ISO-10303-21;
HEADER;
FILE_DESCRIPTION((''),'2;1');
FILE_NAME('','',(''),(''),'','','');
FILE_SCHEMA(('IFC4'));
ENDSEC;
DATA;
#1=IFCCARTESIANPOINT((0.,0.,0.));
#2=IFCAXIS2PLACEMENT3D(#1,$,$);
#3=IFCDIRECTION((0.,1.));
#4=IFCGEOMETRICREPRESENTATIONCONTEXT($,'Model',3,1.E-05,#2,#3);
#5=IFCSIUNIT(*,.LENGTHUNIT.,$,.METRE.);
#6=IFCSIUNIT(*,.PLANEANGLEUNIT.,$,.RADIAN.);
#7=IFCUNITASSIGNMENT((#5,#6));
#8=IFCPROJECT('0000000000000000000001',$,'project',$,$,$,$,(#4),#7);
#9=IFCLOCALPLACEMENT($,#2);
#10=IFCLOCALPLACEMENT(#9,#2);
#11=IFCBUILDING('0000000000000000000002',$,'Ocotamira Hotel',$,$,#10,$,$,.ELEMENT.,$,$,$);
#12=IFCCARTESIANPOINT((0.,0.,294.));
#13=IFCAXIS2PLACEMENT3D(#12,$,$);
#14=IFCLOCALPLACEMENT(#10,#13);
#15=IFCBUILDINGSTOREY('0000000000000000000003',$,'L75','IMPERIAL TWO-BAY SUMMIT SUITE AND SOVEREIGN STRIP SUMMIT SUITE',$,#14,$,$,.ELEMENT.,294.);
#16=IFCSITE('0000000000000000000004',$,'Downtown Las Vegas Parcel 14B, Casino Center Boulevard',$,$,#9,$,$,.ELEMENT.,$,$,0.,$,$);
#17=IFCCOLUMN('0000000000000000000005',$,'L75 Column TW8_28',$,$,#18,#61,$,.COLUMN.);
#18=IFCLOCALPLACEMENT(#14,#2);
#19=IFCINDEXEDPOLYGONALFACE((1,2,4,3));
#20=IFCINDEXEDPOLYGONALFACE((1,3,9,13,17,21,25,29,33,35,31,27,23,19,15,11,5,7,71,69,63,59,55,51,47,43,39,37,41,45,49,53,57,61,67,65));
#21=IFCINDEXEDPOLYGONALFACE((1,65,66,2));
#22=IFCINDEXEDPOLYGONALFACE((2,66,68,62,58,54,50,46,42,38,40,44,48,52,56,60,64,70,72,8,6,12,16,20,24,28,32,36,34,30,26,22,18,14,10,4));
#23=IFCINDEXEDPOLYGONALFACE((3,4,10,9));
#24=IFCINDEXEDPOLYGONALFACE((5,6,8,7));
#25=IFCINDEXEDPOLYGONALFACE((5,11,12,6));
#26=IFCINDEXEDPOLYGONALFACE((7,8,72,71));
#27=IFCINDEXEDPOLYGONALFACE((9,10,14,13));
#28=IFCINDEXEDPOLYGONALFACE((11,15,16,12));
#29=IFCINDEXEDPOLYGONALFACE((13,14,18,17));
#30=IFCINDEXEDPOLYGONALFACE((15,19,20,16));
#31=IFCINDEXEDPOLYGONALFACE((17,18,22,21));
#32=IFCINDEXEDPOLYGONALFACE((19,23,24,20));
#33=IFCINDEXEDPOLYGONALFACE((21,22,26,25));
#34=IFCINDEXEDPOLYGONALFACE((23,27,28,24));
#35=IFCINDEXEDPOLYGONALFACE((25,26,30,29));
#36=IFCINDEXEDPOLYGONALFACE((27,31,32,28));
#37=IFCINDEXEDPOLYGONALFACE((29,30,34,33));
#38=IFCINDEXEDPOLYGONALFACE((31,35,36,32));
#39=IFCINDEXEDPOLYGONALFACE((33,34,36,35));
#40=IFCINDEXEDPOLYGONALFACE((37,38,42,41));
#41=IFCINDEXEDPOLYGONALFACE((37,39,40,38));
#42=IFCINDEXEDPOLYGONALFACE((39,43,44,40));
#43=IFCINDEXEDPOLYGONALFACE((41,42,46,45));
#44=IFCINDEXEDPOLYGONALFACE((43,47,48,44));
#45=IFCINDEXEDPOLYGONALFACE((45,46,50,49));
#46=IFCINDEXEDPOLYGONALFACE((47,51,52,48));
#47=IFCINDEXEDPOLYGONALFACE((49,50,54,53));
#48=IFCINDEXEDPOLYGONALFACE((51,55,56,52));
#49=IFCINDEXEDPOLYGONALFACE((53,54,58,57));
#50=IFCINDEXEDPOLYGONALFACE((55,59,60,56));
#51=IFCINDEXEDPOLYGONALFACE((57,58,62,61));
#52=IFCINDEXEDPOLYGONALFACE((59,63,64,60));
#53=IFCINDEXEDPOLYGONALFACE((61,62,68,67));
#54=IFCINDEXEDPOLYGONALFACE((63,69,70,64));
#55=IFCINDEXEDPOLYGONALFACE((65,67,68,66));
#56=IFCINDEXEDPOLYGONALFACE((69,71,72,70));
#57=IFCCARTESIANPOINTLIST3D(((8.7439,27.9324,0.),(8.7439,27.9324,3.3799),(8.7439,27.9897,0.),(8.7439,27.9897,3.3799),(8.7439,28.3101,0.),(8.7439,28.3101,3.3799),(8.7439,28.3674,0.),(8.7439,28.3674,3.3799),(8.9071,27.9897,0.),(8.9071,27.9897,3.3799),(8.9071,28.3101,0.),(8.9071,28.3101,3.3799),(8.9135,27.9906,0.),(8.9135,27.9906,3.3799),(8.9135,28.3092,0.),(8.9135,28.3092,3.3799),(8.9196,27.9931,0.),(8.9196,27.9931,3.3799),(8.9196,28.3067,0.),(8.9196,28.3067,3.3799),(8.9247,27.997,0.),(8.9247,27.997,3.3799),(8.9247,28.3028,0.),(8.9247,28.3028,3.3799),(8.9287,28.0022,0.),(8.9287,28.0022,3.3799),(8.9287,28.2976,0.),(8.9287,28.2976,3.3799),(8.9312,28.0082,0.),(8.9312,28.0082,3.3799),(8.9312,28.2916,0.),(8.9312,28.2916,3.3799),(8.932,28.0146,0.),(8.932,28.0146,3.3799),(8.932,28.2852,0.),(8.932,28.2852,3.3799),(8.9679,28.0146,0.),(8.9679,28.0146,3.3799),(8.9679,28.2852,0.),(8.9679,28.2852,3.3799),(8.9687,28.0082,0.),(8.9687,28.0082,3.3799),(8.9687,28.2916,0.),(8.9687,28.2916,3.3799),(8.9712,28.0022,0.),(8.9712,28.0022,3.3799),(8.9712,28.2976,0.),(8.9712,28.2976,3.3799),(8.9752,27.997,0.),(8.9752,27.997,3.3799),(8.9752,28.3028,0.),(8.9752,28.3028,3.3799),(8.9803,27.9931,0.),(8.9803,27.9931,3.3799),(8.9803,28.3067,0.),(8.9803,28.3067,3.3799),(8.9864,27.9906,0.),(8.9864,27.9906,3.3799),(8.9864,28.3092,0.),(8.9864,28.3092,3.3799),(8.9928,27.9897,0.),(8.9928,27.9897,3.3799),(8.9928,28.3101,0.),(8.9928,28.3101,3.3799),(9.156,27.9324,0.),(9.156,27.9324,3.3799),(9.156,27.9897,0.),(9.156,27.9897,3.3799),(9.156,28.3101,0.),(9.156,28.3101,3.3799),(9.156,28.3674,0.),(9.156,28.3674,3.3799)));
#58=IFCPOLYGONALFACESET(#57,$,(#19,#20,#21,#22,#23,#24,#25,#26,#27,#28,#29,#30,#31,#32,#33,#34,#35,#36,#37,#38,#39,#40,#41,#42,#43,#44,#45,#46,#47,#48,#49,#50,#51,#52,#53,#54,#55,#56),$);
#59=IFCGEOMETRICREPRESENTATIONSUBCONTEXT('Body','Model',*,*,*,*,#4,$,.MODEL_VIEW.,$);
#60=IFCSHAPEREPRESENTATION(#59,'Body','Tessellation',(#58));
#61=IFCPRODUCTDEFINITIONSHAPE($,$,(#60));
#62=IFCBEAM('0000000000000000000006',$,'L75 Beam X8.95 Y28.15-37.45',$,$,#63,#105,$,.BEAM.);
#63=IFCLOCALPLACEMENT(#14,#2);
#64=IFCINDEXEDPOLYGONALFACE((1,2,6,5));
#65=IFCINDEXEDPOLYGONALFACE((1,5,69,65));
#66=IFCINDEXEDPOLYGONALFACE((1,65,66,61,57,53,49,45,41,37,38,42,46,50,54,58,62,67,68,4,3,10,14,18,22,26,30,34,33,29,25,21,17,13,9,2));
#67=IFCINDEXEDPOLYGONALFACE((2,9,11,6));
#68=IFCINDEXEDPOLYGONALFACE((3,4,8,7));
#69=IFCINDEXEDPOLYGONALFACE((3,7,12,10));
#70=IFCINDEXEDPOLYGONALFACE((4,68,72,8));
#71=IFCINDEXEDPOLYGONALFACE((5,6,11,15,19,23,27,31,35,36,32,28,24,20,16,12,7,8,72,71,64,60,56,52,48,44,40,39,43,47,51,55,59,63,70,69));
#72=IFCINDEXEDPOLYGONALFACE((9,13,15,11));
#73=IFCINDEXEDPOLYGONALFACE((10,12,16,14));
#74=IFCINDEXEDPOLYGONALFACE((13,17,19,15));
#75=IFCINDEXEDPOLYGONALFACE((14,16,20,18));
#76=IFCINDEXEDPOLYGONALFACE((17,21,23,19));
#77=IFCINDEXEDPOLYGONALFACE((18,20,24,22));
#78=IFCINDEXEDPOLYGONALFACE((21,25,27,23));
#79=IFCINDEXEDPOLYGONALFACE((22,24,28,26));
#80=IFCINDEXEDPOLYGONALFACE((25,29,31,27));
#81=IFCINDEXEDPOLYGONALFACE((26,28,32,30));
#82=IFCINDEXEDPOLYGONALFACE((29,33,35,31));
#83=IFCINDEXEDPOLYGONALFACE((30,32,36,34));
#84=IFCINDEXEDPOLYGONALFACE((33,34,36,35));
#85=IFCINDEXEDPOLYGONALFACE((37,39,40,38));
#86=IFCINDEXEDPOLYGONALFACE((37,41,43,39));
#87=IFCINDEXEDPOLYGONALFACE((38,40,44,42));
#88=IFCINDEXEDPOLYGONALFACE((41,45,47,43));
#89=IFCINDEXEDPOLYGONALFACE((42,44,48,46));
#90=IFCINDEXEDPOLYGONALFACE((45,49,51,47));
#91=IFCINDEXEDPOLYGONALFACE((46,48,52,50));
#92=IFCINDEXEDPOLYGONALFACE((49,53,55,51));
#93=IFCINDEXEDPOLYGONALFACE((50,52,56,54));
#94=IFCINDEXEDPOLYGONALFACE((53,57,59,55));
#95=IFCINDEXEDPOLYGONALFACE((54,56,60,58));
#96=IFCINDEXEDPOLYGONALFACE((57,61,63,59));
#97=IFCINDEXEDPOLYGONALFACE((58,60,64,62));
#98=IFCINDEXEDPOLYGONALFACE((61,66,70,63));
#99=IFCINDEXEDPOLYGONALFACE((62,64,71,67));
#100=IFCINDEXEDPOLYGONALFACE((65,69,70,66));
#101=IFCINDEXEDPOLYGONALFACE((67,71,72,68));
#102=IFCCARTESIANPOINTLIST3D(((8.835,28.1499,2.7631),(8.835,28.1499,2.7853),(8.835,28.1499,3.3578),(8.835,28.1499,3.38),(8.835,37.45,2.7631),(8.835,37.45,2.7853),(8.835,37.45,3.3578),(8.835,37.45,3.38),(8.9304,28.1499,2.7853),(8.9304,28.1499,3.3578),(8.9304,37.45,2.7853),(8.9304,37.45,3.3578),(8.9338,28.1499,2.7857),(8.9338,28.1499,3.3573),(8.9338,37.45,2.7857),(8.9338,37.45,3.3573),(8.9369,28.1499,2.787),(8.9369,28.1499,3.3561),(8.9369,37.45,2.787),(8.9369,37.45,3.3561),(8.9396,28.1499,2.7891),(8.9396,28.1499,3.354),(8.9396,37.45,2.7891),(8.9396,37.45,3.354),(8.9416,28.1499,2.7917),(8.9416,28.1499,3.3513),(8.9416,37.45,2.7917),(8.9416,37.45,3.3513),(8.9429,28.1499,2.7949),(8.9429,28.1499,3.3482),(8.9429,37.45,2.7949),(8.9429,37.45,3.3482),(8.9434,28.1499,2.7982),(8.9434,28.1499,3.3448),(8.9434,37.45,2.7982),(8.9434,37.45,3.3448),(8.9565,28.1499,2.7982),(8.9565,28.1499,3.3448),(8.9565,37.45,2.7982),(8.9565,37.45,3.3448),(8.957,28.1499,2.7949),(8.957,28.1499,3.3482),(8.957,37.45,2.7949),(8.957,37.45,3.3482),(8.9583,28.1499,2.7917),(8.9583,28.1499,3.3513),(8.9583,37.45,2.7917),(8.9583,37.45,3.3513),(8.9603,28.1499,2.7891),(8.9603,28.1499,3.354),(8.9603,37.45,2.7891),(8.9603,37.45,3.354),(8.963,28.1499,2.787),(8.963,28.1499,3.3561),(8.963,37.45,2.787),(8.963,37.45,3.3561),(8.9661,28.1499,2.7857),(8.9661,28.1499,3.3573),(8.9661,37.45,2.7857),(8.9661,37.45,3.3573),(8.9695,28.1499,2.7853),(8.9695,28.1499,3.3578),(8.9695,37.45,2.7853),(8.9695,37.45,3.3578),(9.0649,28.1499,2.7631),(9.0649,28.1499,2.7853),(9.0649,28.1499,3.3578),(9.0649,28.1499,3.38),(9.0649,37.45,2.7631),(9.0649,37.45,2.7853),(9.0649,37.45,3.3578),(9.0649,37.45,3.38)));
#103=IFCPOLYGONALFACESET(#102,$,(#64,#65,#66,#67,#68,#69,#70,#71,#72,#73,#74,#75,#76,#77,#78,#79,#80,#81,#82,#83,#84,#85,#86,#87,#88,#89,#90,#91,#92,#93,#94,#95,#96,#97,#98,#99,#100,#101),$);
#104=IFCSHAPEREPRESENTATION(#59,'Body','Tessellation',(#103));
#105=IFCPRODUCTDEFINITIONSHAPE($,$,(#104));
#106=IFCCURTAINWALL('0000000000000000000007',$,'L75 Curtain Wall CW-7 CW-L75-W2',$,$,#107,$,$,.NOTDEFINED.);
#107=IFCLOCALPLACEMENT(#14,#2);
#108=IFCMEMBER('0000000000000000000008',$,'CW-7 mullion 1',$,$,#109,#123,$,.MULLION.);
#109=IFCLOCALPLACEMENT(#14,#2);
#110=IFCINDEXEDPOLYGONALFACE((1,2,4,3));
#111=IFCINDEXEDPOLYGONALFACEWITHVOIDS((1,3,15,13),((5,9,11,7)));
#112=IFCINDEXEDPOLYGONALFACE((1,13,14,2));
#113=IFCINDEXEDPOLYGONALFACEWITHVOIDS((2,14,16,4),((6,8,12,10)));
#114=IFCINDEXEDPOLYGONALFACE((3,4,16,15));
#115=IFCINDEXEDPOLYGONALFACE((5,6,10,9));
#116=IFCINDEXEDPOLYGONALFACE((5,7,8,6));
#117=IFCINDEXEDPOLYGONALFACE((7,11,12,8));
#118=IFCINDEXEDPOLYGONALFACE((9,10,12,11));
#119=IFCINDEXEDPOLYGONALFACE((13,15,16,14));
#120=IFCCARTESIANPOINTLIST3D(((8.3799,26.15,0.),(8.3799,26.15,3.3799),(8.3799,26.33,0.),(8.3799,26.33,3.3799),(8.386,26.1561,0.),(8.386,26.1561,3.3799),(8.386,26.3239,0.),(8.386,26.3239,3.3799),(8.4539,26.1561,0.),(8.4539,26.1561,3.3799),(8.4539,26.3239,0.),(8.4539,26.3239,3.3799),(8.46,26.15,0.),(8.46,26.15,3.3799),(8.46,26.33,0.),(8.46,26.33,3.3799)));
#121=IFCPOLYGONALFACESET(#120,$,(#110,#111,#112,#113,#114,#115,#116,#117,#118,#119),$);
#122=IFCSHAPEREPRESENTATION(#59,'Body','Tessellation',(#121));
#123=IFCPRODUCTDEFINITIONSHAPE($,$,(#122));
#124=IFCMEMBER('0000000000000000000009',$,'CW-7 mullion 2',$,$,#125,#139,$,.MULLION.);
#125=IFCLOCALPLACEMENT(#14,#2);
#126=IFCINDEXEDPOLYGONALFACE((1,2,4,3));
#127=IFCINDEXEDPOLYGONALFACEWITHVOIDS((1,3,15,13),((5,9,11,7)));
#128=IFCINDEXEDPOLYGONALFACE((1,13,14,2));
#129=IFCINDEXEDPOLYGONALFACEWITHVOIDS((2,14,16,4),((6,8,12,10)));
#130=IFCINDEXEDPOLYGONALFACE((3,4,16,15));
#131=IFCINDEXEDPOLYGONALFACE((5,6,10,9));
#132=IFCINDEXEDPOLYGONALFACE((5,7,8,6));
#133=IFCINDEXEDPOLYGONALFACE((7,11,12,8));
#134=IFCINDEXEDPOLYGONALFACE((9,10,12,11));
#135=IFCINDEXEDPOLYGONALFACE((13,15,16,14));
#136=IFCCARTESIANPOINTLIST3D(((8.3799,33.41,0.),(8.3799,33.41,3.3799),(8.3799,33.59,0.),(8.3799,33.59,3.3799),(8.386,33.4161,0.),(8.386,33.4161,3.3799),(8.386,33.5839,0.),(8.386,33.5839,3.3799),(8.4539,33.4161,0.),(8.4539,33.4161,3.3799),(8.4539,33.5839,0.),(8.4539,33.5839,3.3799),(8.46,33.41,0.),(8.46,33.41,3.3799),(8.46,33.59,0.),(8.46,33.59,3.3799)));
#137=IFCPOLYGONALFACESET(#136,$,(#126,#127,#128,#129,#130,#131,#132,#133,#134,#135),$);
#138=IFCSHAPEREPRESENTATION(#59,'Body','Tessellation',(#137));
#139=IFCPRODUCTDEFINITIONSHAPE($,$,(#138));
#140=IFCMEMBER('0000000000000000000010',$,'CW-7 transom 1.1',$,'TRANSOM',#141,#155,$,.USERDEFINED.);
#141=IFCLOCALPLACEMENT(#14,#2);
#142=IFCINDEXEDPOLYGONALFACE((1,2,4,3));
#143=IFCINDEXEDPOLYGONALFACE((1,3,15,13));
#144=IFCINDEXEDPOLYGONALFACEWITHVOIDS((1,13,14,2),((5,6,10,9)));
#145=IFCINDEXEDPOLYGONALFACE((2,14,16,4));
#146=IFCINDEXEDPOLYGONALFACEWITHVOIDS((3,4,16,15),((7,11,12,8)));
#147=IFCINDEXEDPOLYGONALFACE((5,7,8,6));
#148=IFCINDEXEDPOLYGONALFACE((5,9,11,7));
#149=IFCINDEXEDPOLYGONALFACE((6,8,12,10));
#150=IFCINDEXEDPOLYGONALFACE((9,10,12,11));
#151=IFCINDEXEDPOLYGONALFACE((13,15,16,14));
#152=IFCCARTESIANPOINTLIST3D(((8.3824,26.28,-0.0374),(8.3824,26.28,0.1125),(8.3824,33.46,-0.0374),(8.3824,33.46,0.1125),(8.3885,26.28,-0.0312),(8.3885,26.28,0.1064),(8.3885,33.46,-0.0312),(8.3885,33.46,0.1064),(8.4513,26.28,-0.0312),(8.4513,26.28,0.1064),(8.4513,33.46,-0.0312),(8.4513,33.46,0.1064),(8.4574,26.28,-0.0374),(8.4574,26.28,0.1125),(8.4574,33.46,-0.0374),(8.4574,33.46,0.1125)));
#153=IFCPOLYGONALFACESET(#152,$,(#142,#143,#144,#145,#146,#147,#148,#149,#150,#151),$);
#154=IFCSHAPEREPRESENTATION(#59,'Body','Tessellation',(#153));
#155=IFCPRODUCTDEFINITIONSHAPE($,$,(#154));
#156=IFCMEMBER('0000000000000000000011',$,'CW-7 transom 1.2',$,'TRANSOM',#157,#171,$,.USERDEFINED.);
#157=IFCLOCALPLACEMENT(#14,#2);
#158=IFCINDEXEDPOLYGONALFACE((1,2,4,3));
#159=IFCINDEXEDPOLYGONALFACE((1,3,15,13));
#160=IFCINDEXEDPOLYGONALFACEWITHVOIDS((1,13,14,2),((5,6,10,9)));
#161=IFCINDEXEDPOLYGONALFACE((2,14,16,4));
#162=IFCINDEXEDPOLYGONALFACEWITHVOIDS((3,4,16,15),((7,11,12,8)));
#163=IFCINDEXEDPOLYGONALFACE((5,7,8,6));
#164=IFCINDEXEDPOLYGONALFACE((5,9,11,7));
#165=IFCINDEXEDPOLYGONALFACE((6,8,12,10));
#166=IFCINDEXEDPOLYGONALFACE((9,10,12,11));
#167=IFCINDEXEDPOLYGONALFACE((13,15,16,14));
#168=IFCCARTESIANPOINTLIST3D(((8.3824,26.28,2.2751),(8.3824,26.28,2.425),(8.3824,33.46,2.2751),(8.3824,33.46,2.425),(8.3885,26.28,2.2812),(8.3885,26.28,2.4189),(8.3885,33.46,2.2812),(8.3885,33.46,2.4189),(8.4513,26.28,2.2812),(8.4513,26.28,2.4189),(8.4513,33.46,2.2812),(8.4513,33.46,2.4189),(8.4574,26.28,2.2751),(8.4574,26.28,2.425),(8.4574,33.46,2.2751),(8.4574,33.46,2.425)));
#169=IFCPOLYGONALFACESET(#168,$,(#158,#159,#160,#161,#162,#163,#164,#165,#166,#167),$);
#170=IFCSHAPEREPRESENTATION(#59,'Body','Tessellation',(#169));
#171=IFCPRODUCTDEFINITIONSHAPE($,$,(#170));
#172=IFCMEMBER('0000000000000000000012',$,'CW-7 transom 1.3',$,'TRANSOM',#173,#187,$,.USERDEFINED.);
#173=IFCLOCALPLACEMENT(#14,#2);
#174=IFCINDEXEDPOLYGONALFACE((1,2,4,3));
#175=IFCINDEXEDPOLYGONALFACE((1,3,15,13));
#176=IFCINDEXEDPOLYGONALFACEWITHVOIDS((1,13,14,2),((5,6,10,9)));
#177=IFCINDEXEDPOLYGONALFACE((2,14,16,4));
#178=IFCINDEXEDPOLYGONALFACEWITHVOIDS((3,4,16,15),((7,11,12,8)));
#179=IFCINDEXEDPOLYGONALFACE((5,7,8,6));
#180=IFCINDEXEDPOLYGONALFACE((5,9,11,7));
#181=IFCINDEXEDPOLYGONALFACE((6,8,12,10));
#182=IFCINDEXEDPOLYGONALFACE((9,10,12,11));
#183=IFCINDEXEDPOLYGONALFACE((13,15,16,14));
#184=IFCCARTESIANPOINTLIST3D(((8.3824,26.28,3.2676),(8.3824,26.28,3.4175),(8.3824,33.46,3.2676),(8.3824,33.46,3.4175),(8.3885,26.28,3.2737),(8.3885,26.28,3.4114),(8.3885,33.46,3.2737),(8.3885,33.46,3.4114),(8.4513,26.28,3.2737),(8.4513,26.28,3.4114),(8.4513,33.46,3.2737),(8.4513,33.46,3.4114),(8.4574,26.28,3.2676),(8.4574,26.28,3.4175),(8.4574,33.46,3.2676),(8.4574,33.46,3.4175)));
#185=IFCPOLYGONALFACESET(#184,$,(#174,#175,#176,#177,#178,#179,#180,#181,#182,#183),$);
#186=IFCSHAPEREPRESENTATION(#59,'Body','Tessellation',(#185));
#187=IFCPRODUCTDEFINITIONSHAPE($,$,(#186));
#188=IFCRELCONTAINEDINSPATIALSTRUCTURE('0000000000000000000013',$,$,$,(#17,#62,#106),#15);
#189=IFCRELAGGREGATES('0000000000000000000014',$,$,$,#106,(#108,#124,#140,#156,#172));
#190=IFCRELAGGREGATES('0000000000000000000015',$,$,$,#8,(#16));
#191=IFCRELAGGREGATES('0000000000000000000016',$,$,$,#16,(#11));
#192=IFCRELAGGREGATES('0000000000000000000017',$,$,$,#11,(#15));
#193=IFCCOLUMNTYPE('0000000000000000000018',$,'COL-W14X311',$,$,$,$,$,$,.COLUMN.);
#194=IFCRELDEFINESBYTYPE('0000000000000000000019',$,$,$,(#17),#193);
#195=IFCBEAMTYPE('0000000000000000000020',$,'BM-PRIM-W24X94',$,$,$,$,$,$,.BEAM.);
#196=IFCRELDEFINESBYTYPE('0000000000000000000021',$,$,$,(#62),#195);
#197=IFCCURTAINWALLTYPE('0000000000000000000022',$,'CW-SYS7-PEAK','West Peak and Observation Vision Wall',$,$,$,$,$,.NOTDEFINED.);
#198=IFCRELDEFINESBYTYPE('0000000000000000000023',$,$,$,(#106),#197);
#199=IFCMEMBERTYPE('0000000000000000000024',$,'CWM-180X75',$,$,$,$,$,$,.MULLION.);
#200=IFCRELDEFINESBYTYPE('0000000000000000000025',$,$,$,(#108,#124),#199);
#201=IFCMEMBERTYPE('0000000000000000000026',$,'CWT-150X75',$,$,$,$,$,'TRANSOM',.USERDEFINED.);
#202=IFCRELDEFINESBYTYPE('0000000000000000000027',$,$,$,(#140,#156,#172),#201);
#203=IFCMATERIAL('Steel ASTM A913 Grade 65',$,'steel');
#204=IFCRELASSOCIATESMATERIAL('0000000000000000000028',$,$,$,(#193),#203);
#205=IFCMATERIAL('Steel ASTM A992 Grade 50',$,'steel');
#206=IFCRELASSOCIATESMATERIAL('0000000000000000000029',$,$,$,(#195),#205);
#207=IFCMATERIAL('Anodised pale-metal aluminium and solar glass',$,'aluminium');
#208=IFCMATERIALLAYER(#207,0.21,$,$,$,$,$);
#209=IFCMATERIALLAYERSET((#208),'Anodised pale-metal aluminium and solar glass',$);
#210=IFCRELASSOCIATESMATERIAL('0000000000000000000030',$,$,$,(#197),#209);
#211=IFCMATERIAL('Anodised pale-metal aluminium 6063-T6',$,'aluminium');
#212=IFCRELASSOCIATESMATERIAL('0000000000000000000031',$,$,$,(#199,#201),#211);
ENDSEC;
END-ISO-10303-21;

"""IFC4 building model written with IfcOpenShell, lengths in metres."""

from ifc_helpers import new_model, si_unit, direction, frame, origin, origin_2d, place, context, subcontext, project, spatial, hollow_rectangle, i_section, extrude, source, transform, mapped, material, layer, layer_set, material_profile, profile_set, type_object, element, aggregate, save


model = new_model("IFC4")

# Units and contexts
model_context = context("Model", 3, precision=1e-05, world=origin(), true_north=direction((0.0, 1.0)))
body_context = subcontext(model_context, "Body", "Model", "MODEL_VIEW")
ifc_project = project(units=[si_unit("LENGTHUNIT", "METRE"), si_unit("PLANEANGLEUNIT", "RADIAN")], contexts=[model_context])

# Site, building, storey
site_placement = place(None, origin())
site = spatial("IfcSite", under=ifc_project, at=site_placement, Name="Downtown Las Vegas Parcel 14B, Casino Center Boulevard", CompositionType="ELEMENT", RefElevation=0.0)
building_placement = place(site_placement, origin())
building = spatial("IfcBuilding", under=site, at=building_placement, Name="Ocotamira Hotel", CompositionType="ELEMENT")
storey_placement = place(building_placement, frame((0.0, 0.0, 294.0)))
storey = spatial("IfcBuildingStorey", under=building, at=storey_placement, Name="L75", Description="IMPERIAL TWO-BAY SUMMIT SUITE AND SOVEREIGN STRIP SUMMIT SUITE", CompositionType="ELEMENT", Elevation=294.0)

# Column
ifc_material_1 = material(Name="Steel ASTM A913 Grade 65", Category="steel")
ifc_material_profile_1 = material_profile(ifc_material_1, i_section(OverallWidth=0.4121, OverallDepth=0.4351, WebThickness=0.0359, FlangeThickness=0.0574, FilletRadius=0.0249, at=origin_2d()), Name="W14X311")
ifc_profile_set_1 = profile_set([ifc_material_profile_1], Name="Steel ASTM A913 Grade 65")
column_type = type_object("IfcColumnType", Name="COL-W14X311", PredefinedType="COLUMN", material=ifc_profile_set_1)
shared_shape_1 = source(origin(), body_context, "Body", "SweptSolid", [
    extrude(i_section(OverallWidth=0.4121, OverallDepth=0.4351, WebThickness=0.0359, FlangeThickness=0.0574, FilletRadius=0.0249, at=origin_2d()), origin(), (0.0, 0.0, 1.0), 3.3799),
])
column_placement = place(storey_placement, frame((8.95, 28.1499, 0.0), z_axis=(0.0, 0.0, 1.0), x_axis=(1.0, 0.0, 0.0)))
element("IfcColumn", 1, at=column_placement, inside=storey, type_object=column_type, Name="L75 Column TW8_28", PredefinedType="COLUMN", context=body_context, shape_type="MappedRepresentation", body=[
    mapped(shared_shape_1, transform((0.0, 0.0, 0.0), scale=1.0)),
])

# Beam
ifc_material_2 = material(Name="Steel ASTM A992 Grade 50", Category="steel")
ifc_material_profile_2 = material_profile(ifc_material_2, i_section(OverallWidth=0.23, OverallDepth=0.6169, WebThickness=0.0132, FlangeThickness=0.0222, FilletRadius=0.0129, at=origin_2d()), Name="W24X94")
ifc_profile_set_2 = profile_set([ifc_material_profile_2], Name="Steel ASTM A992 Grade 50")
beam_type = type_object("IfcBeamType", Name="BM-PRIM-W24X94", PredefinedType="BEAM", material=ifc_profile_set_2)
shared_shape_2 = source(origin(), body_context, "Body", "SweptSolid", [
    extrude(i_section(OverallWidth=0.23, OverallDepth=0.6169, WebThickness=0.0132, FlangeThickness=0.0222, FilletRadius=0.0129, at=origin_2d()), origin(), (0.0, 0.0, 1.0), 9.3),
])
beam_placement = place(storey_placement, frame((8.95, 28.1499, 3.0715), z_axis=(0.0, 1.0, 0.0), x_axis=(-1.0, 0.0, 0.0)))
element("IfcBeam", 2, at=beam_placement, inside=storey, type_object=beam_type, Name="L75 Beam X8.95 Y28.15-37.45", PredefinedType="BEAM", context=body_context, shape_type="MappedRepresentation", body=[
    mapped(shared_shape_2, transform((0.0, 0.0, 0.0), scale=1.0)),
])

# Curtain wall, members
ifc_material_3 = material(Name="Anodised pale-metal aluminium and solar glass", Category="aluminium")
ifc_layer_1 = layer(ifc_material_3, 0.21)
ifc_layer_set_1 = layer_set([ifc_layer_1], Name="Anodised pale-metal aluminium and solar glass")
curtain_wall_type = type_object("IfcCurtainWallType", Name="CW-SYS7-PEAK", Description="West Peak and Observation Vision Wall", PredefinedType="NOTDEFINED", material=ifc_layer_set_1)
curtain_wall_placement = place(storey_placement, origin())
curtain_wall = element("IfcCurtainWall", 3, at=curtain_wall_placement, inside=storey, type_object=curtain_wall_type, Name="L75 Curtain Wall CW-7 CW-L75-W2", PredefinedType="NOTDEFINED")
ifc_material_4 = material(Name="Anodised pale-metal aluminium 6063-T6", Category="aluminium")
ifc_material_profile_3 = material_profile(ifc_material_4, hollow_rectangle(XDim=0.0801, YDim=0.1799, WallThickness=0.0061, at=origin_2d()), Name="HSS180X80X6")
ifc_profile_set_3 = profile_set([ifc_material_profile_3], Name="Anodised pale-metal aluminium 6063-T6")
member_type_1 = type_object("IfcMemberType", Name="CWM-180X75", PredefinedType="MULLION", material=ifc_profile_set_3)
shared_shape_3 = source(origin(), body_context, "Body", "SweptSolid", [
    extrude(hollow_rectangle(XDim=0.0801, YDim=0.1799, WallThickness=0.0061, at=origin_2d()), origin(), (0.0, 0.0, 1.0), 3.3799),
])
member_1_placement = place(storey_placement, frame((8.4199, 26.24, 0.0), z_axis=(0.0, 0.0, 1.0), x_axis=(-1.0, 0.0, 0.0)))
member_1 = element("IfcMember", 4, at=member_1_placement, type_object=member_type_1, Name="CW-7 mullion 1", PredefinedType="MULLION", context=body_context, shape_type="MappedRepresentation", body=[
    mapped(shared_shape_3, transform((0.0, 0.0, 0.0), scale=1.0)),
])
member_2_placement = place(storey_placement, frame((8.4199, 33.5, 0.0), z_axis=(0.0, 0.0, 1.0), x_axis=(-1.0, 0.0, 0.0)))
member_2 = element("IfcMember", 5, at=member_2_placement, type_object=member_type_1, Name="CW-7 mullion 2", PredefinedType="MULLION", context=body_context, shape_type="MappedRepresentation", body=[
    mapped(shared_shape_3, transform((0.0, 0.0, 0.0), scale=1.0)),
])
ifc_material_profile_4 = material_profile(ifc_material_4, hollow_rectangle(XDim=0.075, YDim=0.1499, WallThickness=0.0061, at=origin_2d()), Name="HSS150X75X6")
ifc_profile_set_4 = profile_set([ifc_material_profile_4], Name="Anodised pale-metal aluminium 6063-T6")
member_type_2 = type_object("IfcMemberType", Name="CWT-150X75", ElementType="TRANSOM", PredefinedType="USERDEFINED", material=ifc_profile_set_4)
shared_shape_4 = source(origin(), body_context, "Body", "SweptSolid", [
    extrude(hollow_rectangle(XDim=0.075, YDim=0.1499, WallThickness=0.0061, at=origin_2d()), origin(), (0.0, 0.0, 1.0), 7.1799),
])
member_3_placement = place(storey_placement, frame((8.4199, 26.28, 0.0376), z_axis=(0.0, 1.0, 0.0), x_axis=(-1.0, 0.0, 0.0)))
member_3 = element("IfcMember", 6, at=member_3_placement, type_object=member_type_2, Name="CW-7 transom 1.1", ObjectType="TRANSOM", PredefinedType="USERDEFINED", context=body_context, shape_type="MappedRepresentation", body=[
    mapped(shared_shape_4, transform((0.0, 0.0, 0.0), scale=1.0)),
])
member_4_placement = place(storey_placement, frame((8.4199, 26.28, 2.3501), z_axis=(0.0, 1.0, 0.0), x_axis=(-1.0, 0.0, 0.0)))
member_4 = element("IfcMember", 7, at=member_4_placement, type_object=member_type_2, Name="CW-7 transom 1.2", ObjectType="TRANSOM", PredefinedType="USERDEFINED", context=body_context, shape_type="MappedRepresentation", body=[
    mapped(shared_shape_4, transform((0.0, 0.0, 0.0), scale=1.0)),
])
member_5_placement = place(storey_placement, frame((8.4199, 26.28, 3.3425), z_axis=(0.0, 1.0, 0.0), x_axis=(-1.0, 0.0, 0.0)))
member_5 = element("IfcMember", 8, at=member_5_placement, type_object=member_type_2, Name="CW-7 transom 1.3", ObjectType="TRANSOM", PredefinedType="USERDEFINED", context=body_context, shape_type="MappedRepresentation", body=[
    mapped(shared_shape_4, transform((0.0, 0.0, 0.0), scale=1.0)),
])
aggregate(curtain_wall, [member_1, member_2, member_3, member_4, member_5])

save(model, "model.ifc")
